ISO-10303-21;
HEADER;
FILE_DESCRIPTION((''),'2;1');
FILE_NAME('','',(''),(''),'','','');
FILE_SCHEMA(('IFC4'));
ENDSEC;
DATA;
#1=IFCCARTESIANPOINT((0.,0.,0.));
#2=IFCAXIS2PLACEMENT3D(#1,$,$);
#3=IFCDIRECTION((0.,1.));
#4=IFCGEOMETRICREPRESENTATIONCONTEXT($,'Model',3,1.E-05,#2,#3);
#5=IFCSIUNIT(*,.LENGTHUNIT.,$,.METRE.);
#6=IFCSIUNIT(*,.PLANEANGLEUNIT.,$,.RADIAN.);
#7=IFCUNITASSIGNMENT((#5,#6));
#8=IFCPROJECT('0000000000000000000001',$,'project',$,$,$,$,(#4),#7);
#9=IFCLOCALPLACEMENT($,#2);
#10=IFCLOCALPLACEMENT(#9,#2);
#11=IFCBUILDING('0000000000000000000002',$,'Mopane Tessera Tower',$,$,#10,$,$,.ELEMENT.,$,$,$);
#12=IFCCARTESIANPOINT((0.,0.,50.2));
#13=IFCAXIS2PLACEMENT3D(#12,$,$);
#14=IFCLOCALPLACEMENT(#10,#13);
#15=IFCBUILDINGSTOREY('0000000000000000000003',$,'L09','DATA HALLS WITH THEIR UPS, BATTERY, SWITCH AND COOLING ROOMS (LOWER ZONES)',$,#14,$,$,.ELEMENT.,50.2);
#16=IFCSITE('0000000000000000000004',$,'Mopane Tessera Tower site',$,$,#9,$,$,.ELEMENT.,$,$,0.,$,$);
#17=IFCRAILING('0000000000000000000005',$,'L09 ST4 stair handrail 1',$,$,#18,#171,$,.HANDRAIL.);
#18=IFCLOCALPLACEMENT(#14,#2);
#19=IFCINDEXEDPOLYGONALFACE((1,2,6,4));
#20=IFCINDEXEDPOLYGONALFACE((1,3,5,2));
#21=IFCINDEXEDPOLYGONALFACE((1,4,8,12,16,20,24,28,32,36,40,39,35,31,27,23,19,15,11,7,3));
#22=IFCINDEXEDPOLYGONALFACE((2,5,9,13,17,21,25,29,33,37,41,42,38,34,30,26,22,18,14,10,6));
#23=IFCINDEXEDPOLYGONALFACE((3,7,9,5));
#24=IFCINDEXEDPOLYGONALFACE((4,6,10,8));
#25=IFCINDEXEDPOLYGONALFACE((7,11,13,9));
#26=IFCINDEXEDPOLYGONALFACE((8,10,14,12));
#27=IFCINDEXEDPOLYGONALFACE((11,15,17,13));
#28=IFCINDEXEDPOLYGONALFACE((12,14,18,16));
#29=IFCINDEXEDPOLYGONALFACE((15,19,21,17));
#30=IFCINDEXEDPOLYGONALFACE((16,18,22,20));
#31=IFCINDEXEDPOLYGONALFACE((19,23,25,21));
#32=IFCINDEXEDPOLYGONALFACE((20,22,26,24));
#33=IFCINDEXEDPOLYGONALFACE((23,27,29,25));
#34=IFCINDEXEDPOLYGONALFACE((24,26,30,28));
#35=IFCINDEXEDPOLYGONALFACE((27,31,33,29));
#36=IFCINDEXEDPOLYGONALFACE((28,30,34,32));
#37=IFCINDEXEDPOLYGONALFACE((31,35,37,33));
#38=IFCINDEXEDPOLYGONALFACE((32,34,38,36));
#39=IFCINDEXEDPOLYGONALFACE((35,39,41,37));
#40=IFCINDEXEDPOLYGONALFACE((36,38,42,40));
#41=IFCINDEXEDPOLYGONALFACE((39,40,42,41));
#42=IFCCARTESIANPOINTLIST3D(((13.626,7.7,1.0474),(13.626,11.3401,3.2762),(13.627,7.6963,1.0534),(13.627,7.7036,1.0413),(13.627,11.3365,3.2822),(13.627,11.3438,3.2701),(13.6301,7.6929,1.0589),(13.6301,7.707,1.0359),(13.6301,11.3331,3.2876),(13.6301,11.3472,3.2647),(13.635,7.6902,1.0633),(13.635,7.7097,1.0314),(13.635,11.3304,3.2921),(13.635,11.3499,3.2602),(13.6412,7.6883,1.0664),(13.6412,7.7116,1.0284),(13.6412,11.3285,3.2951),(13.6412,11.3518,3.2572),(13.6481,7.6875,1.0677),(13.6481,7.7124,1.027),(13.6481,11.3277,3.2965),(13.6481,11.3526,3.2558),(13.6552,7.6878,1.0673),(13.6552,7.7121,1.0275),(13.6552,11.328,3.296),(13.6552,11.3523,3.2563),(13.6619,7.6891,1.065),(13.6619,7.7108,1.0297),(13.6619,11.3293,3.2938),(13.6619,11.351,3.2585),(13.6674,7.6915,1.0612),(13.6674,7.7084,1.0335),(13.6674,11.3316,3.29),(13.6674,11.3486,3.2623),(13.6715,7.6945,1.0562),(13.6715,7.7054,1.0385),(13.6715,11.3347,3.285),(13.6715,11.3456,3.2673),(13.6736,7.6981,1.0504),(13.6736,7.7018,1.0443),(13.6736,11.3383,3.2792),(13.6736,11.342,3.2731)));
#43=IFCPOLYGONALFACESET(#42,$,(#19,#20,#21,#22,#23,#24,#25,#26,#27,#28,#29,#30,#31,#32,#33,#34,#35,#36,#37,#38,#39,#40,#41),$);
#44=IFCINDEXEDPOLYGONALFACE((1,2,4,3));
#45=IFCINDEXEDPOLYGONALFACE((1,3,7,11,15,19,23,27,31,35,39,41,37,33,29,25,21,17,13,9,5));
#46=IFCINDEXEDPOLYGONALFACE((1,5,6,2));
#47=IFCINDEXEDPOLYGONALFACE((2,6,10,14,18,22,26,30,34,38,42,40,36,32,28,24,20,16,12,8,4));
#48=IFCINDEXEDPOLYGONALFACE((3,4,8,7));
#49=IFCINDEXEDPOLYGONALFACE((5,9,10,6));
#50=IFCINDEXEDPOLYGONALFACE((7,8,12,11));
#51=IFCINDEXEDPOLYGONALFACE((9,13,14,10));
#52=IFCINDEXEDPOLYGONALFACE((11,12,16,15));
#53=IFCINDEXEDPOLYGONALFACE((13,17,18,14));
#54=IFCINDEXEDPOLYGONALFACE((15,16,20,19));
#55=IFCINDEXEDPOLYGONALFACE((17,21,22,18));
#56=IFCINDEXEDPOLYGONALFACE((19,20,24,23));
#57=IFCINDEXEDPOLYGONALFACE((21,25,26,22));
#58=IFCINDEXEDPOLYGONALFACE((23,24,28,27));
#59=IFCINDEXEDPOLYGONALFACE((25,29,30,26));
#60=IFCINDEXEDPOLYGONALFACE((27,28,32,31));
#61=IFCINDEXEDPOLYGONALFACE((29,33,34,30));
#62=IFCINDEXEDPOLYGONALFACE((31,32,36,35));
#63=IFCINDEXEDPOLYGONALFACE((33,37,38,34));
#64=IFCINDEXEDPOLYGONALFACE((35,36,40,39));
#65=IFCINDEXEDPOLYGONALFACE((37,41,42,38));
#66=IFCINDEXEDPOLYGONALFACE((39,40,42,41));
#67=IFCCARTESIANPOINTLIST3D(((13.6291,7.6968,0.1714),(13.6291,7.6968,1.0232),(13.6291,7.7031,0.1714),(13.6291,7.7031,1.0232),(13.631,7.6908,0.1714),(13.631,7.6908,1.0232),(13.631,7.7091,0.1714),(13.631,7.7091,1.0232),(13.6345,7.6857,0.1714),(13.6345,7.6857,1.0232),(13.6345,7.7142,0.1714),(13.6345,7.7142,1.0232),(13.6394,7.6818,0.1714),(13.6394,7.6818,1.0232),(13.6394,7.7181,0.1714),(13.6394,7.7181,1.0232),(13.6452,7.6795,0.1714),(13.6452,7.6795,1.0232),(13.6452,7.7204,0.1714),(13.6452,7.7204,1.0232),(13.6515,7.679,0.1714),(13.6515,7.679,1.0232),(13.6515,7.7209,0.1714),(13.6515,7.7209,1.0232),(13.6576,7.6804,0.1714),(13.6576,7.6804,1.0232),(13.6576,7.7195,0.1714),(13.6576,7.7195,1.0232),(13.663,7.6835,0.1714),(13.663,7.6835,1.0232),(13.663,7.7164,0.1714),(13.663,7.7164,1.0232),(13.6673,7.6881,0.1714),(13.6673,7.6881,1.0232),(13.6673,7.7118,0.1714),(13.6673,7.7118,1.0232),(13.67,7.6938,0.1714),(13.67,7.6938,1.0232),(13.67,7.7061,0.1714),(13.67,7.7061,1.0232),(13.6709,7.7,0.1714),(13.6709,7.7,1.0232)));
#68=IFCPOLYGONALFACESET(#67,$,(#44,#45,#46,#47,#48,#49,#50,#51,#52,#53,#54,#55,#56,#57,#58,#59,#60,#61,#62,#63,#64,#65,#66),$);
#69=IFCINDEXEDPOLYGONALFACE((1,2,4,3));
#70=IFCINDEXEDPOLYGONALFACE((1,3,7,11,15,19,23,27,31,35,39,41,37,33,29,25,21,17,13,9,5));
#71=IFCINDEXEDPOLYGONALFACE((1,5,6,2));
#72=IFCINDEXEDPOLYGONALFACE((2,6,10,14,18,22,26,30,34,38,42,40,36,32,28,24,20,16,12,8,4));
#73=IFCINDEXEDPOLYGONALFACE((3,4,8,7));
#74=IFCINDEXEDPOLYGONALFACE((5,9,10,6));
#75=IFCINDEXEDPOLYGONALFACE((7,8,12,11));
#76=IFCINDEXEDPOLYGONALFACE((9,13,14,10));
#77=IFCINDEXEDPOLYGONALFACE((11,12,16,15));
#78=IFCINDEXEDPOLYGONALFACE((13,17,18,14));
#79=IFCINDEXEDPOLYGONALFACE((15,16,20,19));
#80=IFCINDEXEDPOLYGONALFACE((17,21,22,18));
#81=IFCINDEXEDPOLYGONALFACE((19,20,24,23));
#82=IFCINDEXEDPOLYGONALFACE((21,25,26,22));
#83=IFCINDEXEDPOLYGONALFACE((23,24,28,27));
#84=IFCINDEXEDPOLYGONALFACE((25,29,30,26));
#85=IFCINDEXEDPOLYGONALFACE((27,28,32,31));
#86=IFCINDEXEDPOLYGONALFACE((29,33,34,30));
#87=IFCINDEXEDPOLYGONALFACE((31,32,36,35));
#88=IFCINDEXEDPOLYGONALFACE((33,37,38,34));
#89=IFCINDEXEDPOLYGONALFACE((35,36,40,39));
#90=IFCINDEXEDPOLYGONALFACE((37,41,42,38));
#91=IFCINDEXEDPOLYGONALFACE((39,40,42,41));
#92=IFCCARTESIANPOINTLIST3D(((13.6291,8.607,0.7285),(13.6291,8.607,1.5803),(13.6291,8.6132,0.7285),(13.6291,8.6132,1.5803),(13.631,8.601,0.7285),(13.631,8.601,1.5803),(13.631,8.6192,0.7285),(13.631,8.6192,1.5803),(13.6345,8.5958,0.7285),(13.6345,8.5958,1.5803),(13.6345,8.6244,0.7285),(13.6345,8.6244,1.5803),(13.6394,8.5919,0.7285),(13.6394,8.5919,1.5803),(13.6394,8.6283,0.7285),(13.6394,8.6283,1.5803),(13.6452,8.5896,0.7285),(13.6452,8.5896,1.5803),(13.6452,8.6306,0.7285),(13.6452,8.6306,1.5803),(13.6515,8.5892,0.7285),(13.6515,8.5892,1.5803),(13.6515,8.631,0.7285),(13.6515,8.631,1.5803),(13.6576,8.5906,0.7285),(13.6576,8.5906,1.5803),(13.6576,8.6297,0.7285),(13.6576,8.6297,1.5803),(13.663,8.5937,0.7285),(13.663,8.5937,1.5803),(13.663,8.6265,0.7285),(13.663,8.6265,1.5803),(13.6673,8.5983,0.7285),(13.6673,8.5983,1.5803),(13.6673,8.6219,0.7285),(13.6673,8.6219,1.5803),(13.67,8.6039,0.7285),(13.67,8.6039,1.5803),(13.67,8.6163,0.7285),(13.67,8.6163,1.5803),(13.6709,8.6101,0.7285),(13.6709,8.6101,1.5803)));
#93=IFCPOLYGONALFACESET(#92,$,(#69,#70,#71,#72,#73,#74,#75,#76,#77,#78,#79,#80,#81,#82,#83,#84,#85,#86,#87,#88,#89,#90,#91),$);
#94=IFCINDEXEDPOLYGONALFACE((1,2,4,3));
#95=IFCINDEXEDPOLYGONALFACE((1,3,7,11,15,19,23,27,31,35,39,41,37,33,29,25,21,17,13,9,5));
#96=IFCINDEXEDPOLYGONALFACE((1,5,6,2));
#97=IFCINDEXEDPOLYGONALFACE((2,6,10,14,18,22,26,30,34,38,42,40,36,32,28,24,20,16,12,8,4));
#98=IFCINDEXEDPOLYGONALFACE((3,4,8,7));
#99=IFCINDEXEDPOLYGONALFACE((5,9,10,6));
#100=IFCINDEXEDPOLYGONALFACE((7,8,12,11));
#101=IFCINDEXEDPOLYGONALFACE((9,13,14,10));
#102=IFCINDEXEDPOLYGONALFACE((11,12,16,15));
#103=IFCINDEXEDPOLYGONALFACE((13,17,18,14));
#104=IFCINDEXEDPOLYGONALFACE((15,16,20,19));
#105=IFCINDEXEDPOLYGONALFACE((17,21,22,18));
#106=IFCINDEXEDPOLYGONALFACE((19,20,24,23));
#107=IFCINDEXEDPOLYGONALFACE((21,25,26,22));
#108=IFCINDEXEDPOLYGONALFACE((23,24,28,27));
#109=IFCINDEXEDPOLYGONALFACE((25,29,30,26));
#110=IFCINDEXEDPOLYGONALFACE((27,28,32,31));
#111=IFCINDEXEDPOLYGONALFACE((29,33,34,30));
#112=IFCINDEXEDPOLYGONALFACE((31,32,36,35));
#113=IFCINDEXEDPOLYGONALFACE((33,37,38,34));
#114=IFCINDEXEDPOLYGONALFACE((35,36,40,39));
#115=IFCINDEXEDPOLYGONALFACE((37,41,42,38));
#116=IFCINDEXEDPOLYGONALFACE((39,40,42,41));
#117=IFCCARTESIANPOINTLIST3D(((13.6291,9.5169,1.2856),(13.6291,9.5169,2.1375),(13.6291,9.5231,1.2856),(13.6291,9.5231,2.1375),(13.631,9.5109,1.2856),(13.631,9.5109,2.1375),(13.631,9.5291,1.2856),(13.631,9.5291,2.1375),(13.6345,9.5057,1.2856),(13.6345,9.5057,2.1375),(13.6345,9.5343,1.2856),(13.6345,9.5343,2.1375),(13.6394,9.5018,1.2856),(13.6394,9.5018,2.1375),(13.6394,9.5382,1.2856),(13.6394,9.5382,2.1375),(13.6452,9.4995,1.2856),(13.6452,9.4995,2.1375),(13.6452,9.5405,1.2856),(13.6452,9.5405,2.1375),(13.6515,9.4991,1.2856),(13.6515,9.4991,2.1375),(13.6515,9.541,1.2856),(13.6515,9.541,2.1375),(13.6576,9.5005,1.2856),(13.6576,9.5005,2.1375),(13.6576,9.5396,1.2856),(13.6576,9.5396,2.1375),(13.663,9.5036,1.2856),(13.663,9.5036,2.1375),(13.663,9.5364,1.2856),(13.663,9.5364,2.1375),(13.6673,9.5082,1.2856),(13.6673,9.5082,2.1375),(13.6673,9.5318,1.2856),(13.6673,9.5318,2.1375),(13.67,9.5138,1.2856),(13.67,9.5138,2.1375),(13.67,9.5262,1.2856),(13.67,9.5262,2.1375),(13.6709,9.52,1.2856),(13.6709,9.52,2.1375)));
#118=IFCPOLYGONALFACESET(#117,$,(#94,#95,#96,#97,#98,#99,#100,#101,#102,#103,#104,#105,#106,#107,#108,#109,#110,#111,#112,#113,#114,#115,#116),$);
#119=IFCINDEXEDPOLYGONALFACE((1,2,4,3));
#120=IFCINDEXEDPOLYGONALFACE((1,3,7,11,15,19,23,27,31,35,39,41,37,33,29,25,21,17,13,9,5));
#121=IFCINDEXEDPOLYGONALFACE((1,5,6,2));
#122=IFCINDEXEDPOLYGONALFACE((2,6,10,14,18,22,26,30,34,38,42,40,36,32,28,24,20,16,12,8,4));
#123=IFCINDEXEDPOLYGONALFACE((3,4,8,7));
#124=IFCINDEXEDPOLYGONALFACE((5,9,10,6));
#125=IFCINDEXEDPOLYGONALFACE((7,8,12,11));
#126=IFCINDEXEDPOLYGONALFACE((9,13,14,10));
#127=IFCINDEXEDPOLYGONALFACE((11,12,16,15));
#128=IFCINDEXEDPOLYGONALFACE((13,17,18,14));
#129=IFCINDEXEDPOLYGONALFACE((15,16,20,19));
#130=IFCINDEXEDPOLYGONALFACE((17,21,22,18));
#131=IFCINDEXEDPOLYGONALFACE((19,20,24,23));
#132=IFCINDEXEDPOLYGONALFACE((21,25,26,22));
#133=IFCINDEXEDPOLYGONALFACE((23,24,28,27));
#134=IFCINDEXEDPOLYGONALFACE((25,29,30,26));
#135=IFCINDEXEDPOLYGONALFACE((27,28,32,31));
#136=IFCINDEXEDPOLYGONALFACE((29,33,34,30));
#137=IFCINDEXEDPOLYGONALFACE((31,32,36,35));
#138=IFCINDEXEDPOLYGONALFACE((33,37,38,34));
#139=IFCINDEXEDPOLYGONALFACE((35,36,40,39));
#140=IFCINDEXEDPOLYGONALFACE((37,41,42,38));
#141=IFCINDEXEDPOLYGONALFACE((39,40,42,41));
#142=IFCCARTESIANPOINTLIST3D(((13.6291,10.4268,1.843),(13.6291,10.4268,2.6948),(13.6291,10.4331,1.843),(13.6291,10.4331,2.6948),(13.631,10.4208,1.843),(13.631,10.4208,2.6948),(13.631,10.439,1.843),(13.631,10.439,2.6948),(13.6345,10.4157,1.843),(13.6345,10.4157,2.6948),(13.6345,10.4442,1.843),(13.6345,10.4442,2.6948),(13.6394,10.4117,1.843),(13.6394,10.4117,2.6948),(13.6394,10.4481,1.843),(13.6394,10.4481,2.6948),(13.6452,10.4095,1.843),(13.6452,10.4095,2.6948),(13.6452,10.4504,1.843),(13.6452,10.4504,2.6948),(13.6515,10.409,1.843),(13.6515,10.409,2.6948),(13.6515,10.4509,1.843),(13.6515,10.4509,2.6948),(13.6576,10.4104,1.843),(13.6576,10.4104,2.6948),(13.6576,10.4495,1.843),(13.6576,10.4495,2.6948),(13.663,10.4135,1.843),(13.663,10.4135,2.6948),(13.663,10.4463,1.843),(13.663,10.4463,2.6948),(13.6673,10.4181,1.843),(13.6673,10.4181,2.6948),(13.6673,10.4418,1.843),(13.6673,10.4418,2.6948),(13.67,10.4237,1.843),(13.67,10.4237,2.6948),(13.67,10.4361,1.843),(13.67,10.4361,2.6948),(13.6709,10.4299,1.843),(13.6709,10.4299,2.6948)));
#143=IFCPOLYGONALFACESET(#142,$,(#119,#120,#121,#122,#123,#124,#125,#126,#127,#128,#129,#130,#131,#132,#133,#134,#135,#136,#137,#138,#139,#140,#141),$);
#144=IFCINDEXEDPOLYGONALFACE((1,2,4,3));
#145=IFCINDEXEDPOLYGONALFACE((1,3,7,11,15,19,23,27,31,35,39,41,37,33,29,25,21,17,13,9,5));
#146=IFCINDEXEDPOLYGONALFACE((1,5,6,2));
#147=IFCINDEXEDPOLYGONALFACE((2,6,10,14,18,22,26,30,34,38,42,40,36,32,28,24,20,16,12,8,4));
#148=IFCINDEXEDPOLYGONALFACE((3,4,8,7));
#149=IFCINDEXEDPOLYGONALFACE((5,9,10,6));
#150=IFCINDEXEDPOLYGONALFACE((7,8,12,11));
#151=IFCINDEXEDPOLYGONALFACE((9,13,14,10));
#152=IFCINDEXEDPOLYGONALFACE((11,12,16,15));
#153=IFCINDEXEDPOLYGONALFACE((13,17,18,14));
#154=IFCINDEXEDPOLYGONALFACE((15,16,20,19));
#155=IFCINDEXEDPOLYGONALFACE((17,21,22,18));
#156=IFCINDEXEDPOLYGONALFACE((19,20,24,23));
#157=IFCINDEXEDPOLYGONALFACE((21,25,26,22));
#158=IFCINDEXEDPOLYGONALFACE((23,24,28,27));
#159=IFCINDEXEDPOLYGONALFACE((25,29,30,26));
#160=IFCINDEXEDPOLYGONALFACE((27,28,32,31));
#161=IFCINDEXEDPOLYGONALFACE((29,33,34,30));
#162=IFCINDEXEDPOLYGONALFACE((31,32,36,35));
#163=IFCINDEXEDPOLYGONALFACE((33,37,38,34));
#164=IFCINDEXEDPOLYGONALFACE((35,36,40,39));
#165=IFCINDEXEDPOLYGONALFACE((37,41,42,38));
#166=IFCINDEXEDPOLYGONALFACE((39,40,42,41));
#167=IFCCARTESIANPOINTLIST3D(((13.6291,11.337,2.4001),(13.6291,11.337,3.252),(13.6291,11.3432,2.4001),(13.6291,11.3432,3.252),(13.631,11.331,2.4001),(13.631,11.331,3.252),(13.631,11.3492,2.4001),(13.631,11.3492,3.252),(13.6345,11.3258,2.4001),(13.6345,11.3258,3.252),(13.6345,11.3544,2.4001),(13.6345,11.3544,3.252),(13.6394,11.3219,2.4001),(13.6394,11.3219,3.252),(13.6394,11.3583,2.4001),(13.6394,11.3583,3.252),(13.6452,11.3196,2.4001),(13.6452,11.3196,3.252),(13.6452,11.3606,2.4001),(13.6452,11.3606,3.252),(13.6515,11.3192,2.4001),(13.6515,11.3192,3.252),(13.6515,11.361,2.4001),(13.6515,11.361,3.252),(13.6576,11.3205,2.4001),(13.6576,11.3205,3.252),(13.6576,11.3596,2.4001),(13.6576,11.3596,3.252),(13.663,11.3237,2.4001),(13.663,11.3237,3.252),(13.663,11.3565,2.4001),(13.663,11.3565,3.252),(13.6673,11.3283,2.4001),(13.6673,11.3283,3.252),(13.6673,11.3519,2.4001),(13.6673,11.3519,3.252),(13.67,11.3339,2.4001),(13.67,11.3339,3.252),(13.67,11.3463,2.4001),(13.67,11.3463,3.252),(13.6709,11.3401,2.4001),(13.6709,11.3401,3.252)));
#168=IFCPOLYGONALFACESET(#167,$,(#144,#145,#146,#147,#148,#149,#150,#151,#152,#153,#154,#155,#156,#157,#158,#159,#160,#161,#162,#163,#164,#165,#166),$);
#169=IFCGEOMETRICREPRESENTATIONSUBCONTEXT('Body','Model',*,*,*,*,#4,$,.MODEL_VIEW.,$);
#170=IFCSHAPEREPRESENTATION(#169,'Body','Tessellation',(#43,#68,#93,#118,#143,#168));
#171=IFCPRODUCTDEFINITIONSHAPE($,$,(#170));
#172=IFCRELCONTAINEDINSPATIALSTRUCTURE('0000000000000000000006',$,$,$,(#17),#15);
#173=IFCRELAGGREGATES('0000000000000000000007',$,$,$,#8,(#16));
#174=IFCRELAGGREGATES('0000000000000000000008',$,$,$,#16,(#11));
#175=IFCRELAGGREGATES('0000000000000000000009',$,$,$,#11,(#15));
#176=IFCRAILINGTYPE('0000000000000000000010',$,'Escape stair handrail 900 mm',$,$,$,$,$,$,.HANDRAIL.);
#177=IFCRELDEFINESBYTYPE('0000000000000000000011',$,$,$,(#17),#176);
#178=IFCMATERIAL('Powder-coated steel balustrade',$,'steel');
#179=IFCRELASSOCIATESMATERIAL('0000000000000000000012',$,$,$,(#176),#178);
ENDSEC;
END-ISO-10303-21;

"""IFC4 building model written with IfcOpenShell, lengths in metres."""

from ifc_helpers import new_model, si_unit, direction, frame, origin, origin_2d, place, context, subcontext, project, spatial, circle, extrude, material, type_object, element, save


model = new_model("IFC4")

# Units and contexts
model_context = context("Model", 3, precision=1e-05, world=origin(), true_north=direction((0.0, 1.0)))
body_context = subcontext(model_context, "Body", "Model", "MODEL_VIEW")
ifc_project = project(units=[si_unit("LENGTHUNIT", "METRE"), si_unit("PLANEANGLEUNIT", "RADIAN")], contexts=[model_context])

# Site, building, storey
site_placement = place(None, origin())
site = spatial("IfcSite", under=ifc_project, at=site_placement, Name="Mopane Tessera Tower site", CompositionType="ELEMENT", RefElevation=0.0)
building_placement = place(site_placement, origin())
building = spatial("IfcBuilding", under=site, at=building_placement, Name="Mopane Tessera Tower", CompositionType="ELEMENT")
storey_placement = place(building_placement, frame((0.0, 0.0, 50.2)))
storey = spatial("IfcBuildingStorey", under=building, at=storey_placement, Name="L09", Description="DATA HALLS WITH THEIR UPS, BATTERY, SWITCH AND COOLING ROOMS (LOWER ZONES)", CompositionType="ELEMENT", Elevation=50.2)

# Railing
ifc_material_1 = material(Name="Powder-coated steel balustrade", Category="steel")
railing_type_1 = type_object("IfcRailingType", Name="Escape stair handrail 900 mm", PredefinedType="HANDRAIL", material=ifc_material_1)
railing_1_placement = place(storey_placement, frame((13.6499, 7.7, 0.1714)))
element("IfcRailing", 1, at=railing_1_placement, inside=storey, type_object=railing_type_1, Name="L09 ST4 stair handrail 1", PredefinedType="HANDRAIL", context=body_context, shape_type="SweptSolid", body=[
    extrude(circle(Radius=0.0239, at=origin_2d()), frame((0.0, 0.0, 0.876), z_axis=(0.0, 0.85284, 0.522172), x_axis=(-1.0, 0.0, 0.0)), (0.0, 0.0, 1.0), 4.2683),
    extrude(circle(Radius=0.021, at=origin_2d()), origin(), (0.0, 0.0, 1.0), 0.8518),
    extrude(circle(Radius=0.021, at=origin_2d()), frame((0.0, 0.9102, 0.5571)), (0.0, 0.0, 1.0), 0.8518),
    extrude(circle(Radius=0.021, at=origin_2d()), frame((0.0, 1.8201, 1.1143)), (0.0, 0.0, 1.0), 0.8518),
    extrude(circle(Radius=0.021, at=origin_2d()), frame((0.0, 2.73, 1.6716)), (0.0, 0.0, 1.0), 0.8518),
    extrude(circle(Radius=0.021, at=origin_2d()), frame((0.0, 3.6401, 2.2288)), (0.0, 0.0, 1.0), 0.8518),
])

save(model, "model.ifc")
